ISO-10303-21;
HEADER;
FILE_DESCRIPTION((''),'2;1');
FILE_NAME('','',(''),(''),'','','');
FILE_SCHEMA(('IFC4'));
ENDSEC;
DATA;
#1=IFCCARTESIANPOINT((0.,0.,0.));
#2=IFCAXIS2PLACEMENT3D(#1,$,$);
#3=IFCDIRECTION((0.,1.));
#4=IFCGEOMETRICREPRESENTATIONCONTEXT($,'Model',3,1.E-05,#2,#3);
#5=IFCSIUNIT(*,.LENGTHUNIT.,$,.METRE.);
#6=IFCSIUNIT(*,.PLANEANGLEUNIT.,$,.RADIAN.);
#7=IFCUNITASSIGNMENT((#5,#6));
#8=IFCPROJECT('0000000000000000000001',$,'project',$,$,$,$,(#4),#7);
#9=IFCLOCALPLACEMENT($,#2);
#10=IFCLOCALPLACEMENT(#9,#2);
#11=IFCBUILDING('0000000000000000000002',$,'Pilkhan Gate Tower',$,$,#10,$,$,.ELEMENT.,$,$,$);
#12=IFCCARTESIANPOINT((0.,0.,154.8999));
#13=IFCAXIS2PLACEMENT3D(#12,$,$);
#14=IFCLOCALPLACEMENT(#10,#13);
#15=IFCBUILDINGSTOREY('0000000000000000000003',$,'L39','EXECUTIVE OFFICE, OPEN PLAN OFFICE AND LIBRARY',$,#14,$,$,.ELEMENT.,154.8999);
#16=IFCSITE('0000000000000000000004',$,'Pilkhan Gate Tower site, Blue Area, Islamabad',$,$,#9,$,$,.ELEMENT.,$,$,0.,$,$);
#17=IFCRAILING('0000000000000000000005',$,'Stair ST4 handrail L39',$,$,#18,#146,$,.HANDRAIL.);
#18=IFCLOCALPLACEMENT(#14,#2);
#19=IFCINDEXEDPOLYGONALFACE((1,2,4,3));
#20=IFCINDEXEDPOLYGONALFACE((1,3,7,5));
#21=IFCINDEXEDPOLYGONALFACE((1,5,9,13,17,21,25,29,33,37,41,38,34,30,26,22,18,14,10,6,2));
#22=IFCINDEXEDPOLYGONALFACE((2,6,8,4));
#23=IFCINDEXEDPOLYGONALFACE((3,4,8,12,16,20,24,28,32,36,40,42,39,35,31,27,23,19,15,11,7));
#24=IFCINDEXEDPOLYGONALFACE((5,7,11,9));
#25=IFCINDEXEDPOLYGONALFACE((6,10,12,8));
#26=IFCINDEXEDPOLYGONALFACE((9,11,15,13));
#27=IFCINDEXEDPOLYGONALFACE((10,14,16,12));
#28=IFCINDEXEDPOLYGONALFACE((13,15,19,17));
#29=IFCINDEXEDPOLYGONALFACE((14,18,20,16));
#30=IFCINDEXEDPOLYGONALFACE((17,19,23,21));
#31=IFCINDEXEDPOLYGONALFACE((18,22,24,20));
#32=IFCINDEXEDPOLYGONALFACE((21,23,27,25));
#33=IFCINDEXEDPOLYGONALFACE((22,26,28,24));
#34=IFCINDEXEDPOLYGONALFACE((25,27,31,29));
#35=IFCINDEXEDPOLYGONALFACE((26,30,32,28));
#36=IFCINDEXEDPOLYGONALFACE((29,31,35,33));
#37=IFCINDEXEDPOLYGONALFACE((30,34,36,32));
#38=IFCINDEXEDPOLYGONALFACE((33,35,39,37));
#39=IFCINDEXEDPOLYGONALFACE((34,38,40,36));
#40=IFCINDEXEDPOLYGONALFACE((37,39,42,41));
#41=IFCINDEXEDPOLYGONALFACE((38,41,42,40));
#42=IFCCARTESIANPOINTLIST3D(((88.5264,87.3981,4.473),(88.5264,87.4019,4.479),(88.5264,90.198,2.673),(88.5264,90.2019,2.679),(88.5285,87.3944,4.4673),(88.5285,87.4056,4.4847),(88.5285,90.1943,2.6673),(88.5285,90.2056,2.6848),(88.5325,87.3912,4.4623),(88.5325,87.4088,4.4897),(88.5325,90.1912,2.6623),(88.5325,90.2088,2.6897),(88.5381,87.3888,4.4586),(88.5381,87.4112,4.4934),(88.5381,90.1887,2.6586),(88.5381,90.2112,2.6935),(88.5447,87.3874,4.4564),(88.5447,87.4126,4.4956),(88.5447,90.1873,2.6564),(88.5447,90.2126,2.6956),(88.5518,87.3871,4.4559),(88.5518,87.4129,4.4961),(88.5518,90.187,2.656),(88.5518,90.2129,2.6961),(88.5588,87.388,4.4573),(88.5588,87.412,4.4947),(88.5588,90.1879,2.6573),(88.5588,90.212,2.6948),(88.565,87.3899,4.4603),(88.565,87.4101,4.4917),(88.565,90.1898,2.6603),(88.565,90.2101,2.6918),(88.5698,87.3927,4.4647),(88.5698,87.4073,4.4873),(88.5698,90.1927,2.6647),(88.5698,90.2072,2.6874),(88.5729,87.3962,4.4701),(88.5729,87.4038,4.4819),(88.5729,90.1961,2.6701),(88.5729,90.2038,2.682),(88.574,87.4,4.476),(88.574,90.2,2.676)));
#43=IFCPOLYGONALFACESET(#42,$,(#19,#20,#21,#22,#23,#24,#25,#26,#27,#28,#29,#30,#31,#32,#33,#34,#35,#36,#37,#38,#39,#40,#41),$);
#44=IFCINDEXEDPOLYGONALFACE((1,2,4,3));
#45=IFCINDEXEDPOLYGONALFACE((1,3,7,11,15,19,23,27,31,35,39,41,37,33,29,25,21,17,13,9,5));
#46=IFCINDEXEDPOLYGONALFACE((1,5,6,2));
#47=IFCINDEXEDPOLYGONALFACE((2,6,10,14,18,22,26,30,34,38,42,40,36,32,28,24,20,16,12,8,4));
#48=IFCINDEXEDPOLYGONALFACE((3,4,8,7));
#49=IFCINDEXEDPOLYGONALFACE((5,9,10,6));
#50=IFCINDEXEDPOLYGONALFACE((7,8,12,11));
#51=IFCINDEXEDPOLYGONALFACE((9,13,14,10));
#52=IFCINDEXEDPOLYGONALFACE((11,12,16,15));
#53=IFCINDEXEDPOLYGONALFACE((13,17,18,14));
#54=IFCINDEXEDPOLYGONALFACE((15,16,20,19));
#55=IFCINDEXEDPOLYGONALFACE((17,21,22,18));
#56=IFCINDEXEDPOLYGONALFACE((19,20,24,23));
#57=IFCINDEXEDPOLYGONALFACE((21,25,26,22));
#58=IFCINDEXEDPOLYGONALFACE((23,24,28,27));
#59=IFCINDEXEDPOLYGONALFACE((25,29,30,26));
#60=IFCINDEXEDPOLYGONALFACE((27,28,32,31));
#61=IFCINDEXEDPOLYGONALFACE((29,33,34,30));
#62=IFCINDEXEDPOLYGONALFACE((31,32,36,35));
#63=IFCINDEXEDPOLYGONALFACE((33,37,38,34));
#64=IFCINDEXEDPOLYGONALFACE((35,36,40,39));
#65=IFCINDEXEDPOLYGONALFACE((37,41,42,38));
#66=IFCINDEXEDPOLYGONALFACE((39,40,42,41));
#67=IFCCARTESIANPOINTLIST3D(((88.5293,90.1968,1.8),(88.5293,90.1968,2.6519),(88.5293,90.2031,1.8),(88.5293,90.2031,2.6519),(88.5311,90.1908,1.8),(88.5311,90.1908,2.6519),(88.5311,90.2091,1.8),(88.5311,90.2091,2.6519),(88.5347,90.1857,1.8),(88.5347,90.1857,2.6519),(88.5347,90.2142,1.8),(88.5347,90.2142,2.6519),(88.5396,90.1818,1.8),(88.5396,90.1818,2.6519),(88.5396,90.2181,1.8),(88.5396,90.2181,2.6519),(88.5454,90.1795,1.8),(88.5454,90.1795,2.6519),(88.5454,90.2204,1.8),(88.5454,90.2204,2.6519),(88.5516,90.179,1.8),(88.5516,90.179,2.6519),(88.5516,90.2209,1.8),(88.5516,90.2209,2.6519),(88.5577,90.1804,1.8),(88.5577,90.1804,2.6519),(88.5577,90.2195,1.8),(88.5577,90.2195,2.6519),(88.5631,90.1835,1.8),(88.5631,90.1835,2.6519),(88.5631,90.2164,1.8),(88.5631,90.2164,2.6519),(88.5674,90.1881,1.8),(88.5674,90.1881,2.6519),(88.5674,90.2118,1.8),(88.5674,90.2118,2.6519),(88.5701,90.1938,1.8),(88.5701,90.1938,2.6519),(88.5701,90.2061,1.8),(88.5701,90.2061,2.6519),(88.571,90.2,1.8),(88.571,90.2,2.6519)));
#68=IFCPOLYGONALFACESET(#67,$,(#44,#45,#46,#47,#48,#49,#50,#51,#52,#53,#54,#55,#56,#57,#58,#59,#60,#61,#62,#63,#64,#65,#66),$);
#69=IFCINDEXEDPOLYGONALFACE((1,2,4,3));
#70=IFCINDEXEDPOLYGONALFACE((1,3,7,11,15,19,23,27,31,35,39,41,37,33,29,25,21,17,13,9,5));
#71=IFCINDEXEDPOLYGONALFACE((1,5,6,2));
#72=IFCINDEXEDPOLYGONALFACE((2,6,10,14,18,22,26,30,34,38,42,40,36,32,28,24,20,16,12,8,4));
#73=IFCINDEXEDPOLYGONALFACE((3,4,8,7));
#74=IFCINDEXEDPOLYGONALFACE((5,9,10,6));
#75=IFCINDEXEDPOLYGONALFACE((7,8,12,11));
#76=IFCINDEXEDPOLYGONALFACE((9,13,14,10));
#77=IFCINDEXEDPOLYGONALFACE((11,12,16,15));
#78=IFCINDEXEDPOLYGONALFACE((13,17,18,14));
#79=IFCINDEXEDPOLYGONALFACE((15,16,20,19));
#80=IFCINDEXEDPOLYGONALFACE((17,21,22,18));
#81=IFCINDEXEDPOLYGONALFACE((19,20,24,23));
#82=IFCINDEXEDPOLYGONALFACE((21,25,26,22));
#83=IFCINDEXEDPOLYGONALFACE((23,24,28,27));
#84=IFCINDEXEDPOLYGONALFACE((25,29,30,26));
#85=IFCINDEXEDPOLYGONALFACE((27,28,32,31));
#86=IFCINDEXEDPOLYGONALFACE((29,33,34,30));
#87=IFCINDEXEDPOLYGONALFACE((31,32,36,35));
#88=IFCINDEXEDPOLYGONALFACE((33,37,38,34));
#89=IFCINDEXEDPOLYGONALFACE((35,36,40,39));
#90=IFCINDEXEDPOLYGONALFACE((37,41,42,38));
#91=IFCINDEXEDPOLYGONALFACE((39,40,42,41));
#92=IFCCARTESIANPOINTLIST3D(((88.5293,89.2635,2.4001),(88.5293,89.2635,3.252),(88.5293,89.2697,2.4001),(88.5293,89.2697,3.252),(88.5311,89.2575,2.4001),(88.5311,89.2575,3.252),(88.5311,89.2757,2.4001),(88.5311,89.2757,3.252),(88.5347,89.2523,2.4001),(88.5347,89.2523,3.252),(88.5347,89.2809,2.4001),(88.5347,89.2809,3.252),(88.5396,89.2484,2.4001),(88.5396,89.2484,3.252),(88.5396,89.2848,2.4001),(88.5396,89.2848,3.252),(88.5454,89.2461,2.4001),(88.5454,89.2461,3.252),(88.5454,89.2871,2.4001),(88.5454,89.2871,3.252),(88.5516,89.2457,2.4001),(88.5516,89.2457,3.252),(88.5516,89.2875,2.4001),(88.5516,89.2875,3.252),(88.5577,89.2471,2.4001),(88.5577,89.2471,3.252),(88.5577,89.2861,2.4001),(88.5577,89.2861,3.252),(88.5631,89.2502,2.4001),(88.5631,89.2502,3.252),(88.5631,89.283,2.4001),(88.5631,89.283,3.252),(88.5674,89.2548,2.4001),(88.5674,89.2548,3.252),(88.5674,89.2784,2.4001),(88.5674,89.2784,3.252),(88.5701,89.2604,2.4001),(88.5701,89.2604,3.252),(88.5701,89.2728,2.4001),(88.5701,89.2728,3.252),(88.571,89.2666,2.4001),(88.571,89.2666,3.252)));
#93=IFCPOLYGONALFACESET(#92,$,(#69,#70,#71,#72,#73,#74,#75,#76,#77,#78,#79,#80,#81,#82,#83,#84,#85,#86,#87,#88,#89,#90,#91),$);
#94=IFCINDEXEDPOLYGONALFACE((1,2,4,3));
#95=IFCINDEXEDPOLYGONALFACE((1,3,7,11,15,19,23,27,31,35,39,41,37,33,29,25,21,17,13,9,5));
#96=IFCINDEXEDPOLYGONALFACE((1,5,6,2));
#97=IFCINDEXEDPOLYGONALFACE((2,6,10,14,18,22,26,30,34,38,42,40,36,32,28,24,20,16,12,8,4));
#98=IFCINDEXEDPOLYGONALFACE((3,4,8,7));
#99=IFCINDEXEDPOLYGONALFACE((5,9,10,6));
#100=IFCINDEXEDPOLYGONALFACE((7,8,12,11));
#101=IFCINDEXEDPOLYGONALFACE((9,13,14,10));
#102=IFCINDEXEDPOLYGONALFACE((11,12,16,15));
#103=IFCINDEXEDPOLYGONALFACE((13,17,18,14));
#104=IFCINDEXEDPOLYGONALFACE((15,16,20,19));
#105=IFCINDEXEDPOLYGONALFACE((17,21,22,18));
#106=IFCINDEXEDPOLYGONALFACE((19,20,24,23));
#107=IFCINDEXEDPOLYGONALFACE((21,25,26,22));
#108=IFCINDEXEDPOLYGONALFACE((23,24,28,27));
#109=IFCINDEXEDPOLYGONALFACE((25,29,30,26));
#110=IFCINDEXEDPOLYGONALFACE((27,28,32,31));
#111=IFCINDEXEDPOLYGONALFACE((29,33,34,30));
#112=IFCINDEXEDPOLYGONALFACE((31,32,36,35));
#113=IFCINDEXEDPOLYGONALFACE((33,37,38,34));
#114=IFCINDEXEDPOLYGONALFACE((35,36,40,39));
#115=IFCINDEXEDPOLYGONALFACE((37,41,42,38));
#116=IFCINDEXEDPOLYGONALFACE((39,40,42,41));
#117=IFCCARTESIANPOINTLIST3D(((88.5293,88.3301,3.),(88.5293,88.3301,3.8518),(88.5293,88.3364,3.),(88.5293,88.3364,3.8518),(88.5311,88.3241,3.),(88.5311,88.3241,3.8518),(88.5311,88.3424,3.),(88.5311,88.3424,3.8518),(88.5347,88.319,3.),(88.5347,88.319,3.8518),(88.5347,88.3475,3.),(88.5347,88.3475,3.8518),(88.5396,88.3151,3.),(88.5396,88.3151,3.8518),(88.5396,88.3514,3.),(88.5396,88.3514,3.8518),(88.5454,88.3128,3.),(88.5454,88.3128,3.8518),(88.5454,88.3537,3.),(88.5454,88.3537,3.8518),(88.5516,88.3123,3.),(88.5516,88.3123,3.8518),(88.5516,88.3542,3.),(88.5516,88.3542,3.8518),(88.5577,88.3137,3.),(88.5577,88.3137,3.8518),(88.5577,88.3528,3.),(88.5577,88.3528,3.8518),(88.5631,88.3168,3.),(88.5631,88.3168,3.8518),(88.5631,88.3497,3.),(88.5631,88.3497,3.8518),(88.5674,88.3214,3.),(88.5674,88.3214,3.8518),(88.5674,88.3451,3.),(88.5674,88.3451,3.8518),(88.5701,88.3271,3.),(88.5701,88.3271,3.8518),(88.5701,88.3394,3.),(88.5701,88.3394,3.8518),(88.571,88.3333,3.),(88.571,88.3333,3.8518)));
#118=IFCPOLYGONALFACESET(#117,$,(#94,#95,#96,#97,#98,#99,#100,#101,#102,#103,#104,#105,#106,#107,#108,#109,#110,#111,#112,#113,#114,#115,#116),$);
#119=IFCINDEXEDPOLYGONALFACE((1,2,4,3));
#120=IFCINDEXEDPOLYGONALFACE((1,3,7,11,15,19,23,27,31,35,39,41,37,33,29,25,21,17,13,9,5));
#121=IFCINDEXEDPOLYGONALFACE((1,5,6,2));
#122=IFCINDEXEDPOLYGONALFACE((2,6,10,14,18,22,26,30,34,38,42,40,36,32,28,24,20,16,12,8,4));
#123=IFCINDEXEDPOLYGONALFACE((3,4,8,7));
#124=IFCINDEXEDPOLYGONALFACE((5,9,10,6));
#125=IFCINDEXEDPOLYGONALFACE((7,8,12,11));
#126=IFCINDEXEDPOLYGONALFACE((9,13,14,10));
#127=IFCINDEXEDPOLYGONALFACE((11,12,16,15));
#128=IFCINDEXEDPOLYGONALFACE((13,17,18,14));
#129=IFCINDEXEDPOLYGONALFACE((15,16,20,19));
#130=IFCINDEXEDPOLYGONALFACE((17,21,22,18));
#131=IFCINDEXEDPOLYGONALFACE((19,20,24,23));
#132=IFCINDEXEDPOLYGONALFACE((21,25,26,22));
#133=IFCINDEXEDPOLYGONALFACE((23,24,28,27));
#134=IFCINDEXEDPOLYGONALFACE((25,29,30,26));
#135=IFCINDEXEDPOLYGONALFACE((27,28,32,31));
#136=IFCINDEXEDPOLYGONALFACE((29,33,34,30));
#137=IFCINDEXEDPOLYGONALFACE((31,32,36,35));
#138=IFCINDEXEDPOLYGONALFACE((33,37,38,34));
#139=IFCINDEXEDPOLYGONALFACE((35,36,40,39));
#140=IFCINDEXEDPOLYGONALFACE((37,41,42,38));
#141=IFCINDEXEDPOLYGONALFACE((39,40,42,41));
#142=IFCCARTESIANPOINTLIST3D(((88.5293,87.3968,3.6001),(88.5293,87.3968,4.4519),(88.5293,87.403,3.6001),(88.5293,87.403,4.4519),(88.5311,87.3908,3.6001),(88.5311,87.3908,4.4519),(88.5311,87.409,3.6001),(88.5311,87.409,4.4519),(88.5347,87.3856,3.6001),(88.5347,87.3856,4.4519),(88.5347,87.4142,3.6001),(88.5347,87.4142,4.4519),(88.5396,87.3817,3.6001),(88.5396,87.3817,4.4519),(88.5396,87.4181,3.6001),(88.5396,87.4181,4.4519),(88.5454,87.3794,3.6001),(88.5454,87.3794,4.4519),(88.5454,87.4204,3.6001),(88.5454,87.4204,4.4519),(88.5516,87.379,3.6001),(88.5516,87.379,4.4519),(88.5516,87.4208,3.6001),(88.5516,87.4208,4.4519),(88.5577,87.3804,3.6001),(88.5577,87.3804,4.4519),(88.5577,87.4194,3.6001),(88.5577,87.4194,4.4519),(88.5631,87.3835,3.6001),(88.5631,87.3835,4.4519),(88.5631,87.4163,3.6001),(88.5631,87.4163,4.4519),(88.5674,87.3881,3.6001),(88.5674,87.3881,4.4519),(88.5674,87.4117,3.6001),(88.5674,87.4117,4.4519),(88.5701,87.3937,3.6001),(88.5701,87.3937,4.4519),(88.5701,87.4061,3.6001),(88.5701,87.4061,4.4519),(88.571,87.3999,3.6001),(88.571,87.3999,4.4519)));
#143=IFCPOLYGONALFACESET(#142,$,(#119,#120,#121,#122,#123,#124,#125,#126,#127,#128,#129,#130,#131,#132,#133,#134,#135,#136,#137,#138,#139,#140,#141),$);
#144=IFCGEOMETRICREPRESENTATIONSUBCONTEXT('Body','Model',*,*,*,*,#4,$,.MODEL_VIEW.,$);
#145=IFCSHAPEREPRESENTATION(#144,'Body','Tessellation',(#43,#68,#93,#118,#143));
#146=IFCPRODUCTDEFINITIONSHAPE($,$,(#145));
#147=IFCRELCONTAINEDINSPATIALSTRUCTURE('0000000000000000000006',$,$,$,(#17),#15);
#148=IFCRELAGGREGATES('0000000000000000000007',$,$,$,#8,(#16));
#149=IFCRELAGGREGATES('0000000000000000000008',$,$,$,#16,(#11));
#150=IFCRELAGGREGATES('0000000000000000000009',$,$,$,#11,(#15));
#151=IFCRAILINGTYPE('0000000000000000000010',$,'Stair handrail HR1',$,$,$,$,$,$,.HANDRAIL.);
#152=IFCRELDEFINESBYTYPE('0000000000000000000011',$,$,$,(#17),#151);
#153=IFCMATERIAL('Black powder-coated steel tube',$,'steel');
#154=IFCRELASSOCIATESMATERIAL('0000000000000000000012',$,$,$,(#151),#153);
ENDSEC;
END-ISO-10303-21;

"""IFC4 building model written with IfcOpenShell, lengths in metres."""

from ifc_helpers import new_model, si_unit, direction, frame, origin, origin_2d, place, context, subcontext, project, spatial, circle, extrude, material, type_object, element, save


model = new_model("IFC4")

# Units and contexts
model_context = context("Model", 3, precision=1e-05, world=origin(), true_north=direction((0.0, 1.0)))
body_context = subcontext(model_context, "Body", "Model", "MODEL_VIEW")
ifc_project = project(units=[si_unit("LENGTHUNIT", "METRE"), si_unit("PLANEANGLEUNIT", "RADIAN")], contexts=[model_context])

# Site, building, storey
site_placement = place(None, origin())
site = spatial("IfcSite", under=ifc_project, at=site_placement, Name="Pilkhan Gate Tower site, Blue Area, Islamabad", CompositionType="ELEMENT", RefElevation=0.0)
building_placement = place(site_placement, origin())
building = spatial("IfcBuilding", under=site, at=building_placement, Name="Pilkhan Gate Tower", CompositionType="ELEMENT")
storey_placement = place(building_placement, frame((0.0, 0.0, 154.8999)))
storey = spatial("IfcBuildingStorey", under=building, at=storey_placement, Name="L39", Description="EXECUTIVE OFFICE, OPEN PLAN OFFICE AND LIBRARY", CompositionType="ELEMENT", Elevation=154.8999)

# Railing
ifc_material_1 = material(Name="Black powder-coated steel tube", Category="steel")
railing_type_1 = type_object("IfcRailingType", Name="Stair handrail HR1", PredefinedType="HANDRAIL", material=ifc_material_1)
railing_1_placement = place(storey_placement, frame((88.55, 90.2, 1.8)))
element("IfcRailing", 1, at=railing_1_placement, inside=storey, type_object=railing_type_1, Name="Stair ST4 handrail L39", PredefinedType="HANDRAIL", context=body_context, shape_type="SweptSolid", body=[
    extrude(circle(Radius=0.0239, at=origin_2d()), frame((0.0, 0.0, 0.876), z_axis=(0.0, -0.841176, 0.540761), x_axis=(1.0, 0.0, 0.0)), (0.0, 0.0, 1.0), 3.3286),
    extrude(circle(Radius=0.021, at=origin_2d()), origin(), (0.0, 0.0, 1.0), 0.8518),
    extrude(circle(Radius=0.021, at=origin_2d()), frame((0.0, -0.9333, 0.6001)), (0.0, 0.0, 1.0), 0.8518),
    extrude(circle(Radius=0.021, at=origin_2d()), frame((0.0, -1.8667, 1.2)), (0.0, 0.0, 1.0), 0.8518),
    extrude(circle(Radius=0.021, at=origin_2d()), frame((0.0, -2.8, 1.8)), (0.0, 0.0, 1.0), 0.8518),
])

save(model, "model.ifc")
